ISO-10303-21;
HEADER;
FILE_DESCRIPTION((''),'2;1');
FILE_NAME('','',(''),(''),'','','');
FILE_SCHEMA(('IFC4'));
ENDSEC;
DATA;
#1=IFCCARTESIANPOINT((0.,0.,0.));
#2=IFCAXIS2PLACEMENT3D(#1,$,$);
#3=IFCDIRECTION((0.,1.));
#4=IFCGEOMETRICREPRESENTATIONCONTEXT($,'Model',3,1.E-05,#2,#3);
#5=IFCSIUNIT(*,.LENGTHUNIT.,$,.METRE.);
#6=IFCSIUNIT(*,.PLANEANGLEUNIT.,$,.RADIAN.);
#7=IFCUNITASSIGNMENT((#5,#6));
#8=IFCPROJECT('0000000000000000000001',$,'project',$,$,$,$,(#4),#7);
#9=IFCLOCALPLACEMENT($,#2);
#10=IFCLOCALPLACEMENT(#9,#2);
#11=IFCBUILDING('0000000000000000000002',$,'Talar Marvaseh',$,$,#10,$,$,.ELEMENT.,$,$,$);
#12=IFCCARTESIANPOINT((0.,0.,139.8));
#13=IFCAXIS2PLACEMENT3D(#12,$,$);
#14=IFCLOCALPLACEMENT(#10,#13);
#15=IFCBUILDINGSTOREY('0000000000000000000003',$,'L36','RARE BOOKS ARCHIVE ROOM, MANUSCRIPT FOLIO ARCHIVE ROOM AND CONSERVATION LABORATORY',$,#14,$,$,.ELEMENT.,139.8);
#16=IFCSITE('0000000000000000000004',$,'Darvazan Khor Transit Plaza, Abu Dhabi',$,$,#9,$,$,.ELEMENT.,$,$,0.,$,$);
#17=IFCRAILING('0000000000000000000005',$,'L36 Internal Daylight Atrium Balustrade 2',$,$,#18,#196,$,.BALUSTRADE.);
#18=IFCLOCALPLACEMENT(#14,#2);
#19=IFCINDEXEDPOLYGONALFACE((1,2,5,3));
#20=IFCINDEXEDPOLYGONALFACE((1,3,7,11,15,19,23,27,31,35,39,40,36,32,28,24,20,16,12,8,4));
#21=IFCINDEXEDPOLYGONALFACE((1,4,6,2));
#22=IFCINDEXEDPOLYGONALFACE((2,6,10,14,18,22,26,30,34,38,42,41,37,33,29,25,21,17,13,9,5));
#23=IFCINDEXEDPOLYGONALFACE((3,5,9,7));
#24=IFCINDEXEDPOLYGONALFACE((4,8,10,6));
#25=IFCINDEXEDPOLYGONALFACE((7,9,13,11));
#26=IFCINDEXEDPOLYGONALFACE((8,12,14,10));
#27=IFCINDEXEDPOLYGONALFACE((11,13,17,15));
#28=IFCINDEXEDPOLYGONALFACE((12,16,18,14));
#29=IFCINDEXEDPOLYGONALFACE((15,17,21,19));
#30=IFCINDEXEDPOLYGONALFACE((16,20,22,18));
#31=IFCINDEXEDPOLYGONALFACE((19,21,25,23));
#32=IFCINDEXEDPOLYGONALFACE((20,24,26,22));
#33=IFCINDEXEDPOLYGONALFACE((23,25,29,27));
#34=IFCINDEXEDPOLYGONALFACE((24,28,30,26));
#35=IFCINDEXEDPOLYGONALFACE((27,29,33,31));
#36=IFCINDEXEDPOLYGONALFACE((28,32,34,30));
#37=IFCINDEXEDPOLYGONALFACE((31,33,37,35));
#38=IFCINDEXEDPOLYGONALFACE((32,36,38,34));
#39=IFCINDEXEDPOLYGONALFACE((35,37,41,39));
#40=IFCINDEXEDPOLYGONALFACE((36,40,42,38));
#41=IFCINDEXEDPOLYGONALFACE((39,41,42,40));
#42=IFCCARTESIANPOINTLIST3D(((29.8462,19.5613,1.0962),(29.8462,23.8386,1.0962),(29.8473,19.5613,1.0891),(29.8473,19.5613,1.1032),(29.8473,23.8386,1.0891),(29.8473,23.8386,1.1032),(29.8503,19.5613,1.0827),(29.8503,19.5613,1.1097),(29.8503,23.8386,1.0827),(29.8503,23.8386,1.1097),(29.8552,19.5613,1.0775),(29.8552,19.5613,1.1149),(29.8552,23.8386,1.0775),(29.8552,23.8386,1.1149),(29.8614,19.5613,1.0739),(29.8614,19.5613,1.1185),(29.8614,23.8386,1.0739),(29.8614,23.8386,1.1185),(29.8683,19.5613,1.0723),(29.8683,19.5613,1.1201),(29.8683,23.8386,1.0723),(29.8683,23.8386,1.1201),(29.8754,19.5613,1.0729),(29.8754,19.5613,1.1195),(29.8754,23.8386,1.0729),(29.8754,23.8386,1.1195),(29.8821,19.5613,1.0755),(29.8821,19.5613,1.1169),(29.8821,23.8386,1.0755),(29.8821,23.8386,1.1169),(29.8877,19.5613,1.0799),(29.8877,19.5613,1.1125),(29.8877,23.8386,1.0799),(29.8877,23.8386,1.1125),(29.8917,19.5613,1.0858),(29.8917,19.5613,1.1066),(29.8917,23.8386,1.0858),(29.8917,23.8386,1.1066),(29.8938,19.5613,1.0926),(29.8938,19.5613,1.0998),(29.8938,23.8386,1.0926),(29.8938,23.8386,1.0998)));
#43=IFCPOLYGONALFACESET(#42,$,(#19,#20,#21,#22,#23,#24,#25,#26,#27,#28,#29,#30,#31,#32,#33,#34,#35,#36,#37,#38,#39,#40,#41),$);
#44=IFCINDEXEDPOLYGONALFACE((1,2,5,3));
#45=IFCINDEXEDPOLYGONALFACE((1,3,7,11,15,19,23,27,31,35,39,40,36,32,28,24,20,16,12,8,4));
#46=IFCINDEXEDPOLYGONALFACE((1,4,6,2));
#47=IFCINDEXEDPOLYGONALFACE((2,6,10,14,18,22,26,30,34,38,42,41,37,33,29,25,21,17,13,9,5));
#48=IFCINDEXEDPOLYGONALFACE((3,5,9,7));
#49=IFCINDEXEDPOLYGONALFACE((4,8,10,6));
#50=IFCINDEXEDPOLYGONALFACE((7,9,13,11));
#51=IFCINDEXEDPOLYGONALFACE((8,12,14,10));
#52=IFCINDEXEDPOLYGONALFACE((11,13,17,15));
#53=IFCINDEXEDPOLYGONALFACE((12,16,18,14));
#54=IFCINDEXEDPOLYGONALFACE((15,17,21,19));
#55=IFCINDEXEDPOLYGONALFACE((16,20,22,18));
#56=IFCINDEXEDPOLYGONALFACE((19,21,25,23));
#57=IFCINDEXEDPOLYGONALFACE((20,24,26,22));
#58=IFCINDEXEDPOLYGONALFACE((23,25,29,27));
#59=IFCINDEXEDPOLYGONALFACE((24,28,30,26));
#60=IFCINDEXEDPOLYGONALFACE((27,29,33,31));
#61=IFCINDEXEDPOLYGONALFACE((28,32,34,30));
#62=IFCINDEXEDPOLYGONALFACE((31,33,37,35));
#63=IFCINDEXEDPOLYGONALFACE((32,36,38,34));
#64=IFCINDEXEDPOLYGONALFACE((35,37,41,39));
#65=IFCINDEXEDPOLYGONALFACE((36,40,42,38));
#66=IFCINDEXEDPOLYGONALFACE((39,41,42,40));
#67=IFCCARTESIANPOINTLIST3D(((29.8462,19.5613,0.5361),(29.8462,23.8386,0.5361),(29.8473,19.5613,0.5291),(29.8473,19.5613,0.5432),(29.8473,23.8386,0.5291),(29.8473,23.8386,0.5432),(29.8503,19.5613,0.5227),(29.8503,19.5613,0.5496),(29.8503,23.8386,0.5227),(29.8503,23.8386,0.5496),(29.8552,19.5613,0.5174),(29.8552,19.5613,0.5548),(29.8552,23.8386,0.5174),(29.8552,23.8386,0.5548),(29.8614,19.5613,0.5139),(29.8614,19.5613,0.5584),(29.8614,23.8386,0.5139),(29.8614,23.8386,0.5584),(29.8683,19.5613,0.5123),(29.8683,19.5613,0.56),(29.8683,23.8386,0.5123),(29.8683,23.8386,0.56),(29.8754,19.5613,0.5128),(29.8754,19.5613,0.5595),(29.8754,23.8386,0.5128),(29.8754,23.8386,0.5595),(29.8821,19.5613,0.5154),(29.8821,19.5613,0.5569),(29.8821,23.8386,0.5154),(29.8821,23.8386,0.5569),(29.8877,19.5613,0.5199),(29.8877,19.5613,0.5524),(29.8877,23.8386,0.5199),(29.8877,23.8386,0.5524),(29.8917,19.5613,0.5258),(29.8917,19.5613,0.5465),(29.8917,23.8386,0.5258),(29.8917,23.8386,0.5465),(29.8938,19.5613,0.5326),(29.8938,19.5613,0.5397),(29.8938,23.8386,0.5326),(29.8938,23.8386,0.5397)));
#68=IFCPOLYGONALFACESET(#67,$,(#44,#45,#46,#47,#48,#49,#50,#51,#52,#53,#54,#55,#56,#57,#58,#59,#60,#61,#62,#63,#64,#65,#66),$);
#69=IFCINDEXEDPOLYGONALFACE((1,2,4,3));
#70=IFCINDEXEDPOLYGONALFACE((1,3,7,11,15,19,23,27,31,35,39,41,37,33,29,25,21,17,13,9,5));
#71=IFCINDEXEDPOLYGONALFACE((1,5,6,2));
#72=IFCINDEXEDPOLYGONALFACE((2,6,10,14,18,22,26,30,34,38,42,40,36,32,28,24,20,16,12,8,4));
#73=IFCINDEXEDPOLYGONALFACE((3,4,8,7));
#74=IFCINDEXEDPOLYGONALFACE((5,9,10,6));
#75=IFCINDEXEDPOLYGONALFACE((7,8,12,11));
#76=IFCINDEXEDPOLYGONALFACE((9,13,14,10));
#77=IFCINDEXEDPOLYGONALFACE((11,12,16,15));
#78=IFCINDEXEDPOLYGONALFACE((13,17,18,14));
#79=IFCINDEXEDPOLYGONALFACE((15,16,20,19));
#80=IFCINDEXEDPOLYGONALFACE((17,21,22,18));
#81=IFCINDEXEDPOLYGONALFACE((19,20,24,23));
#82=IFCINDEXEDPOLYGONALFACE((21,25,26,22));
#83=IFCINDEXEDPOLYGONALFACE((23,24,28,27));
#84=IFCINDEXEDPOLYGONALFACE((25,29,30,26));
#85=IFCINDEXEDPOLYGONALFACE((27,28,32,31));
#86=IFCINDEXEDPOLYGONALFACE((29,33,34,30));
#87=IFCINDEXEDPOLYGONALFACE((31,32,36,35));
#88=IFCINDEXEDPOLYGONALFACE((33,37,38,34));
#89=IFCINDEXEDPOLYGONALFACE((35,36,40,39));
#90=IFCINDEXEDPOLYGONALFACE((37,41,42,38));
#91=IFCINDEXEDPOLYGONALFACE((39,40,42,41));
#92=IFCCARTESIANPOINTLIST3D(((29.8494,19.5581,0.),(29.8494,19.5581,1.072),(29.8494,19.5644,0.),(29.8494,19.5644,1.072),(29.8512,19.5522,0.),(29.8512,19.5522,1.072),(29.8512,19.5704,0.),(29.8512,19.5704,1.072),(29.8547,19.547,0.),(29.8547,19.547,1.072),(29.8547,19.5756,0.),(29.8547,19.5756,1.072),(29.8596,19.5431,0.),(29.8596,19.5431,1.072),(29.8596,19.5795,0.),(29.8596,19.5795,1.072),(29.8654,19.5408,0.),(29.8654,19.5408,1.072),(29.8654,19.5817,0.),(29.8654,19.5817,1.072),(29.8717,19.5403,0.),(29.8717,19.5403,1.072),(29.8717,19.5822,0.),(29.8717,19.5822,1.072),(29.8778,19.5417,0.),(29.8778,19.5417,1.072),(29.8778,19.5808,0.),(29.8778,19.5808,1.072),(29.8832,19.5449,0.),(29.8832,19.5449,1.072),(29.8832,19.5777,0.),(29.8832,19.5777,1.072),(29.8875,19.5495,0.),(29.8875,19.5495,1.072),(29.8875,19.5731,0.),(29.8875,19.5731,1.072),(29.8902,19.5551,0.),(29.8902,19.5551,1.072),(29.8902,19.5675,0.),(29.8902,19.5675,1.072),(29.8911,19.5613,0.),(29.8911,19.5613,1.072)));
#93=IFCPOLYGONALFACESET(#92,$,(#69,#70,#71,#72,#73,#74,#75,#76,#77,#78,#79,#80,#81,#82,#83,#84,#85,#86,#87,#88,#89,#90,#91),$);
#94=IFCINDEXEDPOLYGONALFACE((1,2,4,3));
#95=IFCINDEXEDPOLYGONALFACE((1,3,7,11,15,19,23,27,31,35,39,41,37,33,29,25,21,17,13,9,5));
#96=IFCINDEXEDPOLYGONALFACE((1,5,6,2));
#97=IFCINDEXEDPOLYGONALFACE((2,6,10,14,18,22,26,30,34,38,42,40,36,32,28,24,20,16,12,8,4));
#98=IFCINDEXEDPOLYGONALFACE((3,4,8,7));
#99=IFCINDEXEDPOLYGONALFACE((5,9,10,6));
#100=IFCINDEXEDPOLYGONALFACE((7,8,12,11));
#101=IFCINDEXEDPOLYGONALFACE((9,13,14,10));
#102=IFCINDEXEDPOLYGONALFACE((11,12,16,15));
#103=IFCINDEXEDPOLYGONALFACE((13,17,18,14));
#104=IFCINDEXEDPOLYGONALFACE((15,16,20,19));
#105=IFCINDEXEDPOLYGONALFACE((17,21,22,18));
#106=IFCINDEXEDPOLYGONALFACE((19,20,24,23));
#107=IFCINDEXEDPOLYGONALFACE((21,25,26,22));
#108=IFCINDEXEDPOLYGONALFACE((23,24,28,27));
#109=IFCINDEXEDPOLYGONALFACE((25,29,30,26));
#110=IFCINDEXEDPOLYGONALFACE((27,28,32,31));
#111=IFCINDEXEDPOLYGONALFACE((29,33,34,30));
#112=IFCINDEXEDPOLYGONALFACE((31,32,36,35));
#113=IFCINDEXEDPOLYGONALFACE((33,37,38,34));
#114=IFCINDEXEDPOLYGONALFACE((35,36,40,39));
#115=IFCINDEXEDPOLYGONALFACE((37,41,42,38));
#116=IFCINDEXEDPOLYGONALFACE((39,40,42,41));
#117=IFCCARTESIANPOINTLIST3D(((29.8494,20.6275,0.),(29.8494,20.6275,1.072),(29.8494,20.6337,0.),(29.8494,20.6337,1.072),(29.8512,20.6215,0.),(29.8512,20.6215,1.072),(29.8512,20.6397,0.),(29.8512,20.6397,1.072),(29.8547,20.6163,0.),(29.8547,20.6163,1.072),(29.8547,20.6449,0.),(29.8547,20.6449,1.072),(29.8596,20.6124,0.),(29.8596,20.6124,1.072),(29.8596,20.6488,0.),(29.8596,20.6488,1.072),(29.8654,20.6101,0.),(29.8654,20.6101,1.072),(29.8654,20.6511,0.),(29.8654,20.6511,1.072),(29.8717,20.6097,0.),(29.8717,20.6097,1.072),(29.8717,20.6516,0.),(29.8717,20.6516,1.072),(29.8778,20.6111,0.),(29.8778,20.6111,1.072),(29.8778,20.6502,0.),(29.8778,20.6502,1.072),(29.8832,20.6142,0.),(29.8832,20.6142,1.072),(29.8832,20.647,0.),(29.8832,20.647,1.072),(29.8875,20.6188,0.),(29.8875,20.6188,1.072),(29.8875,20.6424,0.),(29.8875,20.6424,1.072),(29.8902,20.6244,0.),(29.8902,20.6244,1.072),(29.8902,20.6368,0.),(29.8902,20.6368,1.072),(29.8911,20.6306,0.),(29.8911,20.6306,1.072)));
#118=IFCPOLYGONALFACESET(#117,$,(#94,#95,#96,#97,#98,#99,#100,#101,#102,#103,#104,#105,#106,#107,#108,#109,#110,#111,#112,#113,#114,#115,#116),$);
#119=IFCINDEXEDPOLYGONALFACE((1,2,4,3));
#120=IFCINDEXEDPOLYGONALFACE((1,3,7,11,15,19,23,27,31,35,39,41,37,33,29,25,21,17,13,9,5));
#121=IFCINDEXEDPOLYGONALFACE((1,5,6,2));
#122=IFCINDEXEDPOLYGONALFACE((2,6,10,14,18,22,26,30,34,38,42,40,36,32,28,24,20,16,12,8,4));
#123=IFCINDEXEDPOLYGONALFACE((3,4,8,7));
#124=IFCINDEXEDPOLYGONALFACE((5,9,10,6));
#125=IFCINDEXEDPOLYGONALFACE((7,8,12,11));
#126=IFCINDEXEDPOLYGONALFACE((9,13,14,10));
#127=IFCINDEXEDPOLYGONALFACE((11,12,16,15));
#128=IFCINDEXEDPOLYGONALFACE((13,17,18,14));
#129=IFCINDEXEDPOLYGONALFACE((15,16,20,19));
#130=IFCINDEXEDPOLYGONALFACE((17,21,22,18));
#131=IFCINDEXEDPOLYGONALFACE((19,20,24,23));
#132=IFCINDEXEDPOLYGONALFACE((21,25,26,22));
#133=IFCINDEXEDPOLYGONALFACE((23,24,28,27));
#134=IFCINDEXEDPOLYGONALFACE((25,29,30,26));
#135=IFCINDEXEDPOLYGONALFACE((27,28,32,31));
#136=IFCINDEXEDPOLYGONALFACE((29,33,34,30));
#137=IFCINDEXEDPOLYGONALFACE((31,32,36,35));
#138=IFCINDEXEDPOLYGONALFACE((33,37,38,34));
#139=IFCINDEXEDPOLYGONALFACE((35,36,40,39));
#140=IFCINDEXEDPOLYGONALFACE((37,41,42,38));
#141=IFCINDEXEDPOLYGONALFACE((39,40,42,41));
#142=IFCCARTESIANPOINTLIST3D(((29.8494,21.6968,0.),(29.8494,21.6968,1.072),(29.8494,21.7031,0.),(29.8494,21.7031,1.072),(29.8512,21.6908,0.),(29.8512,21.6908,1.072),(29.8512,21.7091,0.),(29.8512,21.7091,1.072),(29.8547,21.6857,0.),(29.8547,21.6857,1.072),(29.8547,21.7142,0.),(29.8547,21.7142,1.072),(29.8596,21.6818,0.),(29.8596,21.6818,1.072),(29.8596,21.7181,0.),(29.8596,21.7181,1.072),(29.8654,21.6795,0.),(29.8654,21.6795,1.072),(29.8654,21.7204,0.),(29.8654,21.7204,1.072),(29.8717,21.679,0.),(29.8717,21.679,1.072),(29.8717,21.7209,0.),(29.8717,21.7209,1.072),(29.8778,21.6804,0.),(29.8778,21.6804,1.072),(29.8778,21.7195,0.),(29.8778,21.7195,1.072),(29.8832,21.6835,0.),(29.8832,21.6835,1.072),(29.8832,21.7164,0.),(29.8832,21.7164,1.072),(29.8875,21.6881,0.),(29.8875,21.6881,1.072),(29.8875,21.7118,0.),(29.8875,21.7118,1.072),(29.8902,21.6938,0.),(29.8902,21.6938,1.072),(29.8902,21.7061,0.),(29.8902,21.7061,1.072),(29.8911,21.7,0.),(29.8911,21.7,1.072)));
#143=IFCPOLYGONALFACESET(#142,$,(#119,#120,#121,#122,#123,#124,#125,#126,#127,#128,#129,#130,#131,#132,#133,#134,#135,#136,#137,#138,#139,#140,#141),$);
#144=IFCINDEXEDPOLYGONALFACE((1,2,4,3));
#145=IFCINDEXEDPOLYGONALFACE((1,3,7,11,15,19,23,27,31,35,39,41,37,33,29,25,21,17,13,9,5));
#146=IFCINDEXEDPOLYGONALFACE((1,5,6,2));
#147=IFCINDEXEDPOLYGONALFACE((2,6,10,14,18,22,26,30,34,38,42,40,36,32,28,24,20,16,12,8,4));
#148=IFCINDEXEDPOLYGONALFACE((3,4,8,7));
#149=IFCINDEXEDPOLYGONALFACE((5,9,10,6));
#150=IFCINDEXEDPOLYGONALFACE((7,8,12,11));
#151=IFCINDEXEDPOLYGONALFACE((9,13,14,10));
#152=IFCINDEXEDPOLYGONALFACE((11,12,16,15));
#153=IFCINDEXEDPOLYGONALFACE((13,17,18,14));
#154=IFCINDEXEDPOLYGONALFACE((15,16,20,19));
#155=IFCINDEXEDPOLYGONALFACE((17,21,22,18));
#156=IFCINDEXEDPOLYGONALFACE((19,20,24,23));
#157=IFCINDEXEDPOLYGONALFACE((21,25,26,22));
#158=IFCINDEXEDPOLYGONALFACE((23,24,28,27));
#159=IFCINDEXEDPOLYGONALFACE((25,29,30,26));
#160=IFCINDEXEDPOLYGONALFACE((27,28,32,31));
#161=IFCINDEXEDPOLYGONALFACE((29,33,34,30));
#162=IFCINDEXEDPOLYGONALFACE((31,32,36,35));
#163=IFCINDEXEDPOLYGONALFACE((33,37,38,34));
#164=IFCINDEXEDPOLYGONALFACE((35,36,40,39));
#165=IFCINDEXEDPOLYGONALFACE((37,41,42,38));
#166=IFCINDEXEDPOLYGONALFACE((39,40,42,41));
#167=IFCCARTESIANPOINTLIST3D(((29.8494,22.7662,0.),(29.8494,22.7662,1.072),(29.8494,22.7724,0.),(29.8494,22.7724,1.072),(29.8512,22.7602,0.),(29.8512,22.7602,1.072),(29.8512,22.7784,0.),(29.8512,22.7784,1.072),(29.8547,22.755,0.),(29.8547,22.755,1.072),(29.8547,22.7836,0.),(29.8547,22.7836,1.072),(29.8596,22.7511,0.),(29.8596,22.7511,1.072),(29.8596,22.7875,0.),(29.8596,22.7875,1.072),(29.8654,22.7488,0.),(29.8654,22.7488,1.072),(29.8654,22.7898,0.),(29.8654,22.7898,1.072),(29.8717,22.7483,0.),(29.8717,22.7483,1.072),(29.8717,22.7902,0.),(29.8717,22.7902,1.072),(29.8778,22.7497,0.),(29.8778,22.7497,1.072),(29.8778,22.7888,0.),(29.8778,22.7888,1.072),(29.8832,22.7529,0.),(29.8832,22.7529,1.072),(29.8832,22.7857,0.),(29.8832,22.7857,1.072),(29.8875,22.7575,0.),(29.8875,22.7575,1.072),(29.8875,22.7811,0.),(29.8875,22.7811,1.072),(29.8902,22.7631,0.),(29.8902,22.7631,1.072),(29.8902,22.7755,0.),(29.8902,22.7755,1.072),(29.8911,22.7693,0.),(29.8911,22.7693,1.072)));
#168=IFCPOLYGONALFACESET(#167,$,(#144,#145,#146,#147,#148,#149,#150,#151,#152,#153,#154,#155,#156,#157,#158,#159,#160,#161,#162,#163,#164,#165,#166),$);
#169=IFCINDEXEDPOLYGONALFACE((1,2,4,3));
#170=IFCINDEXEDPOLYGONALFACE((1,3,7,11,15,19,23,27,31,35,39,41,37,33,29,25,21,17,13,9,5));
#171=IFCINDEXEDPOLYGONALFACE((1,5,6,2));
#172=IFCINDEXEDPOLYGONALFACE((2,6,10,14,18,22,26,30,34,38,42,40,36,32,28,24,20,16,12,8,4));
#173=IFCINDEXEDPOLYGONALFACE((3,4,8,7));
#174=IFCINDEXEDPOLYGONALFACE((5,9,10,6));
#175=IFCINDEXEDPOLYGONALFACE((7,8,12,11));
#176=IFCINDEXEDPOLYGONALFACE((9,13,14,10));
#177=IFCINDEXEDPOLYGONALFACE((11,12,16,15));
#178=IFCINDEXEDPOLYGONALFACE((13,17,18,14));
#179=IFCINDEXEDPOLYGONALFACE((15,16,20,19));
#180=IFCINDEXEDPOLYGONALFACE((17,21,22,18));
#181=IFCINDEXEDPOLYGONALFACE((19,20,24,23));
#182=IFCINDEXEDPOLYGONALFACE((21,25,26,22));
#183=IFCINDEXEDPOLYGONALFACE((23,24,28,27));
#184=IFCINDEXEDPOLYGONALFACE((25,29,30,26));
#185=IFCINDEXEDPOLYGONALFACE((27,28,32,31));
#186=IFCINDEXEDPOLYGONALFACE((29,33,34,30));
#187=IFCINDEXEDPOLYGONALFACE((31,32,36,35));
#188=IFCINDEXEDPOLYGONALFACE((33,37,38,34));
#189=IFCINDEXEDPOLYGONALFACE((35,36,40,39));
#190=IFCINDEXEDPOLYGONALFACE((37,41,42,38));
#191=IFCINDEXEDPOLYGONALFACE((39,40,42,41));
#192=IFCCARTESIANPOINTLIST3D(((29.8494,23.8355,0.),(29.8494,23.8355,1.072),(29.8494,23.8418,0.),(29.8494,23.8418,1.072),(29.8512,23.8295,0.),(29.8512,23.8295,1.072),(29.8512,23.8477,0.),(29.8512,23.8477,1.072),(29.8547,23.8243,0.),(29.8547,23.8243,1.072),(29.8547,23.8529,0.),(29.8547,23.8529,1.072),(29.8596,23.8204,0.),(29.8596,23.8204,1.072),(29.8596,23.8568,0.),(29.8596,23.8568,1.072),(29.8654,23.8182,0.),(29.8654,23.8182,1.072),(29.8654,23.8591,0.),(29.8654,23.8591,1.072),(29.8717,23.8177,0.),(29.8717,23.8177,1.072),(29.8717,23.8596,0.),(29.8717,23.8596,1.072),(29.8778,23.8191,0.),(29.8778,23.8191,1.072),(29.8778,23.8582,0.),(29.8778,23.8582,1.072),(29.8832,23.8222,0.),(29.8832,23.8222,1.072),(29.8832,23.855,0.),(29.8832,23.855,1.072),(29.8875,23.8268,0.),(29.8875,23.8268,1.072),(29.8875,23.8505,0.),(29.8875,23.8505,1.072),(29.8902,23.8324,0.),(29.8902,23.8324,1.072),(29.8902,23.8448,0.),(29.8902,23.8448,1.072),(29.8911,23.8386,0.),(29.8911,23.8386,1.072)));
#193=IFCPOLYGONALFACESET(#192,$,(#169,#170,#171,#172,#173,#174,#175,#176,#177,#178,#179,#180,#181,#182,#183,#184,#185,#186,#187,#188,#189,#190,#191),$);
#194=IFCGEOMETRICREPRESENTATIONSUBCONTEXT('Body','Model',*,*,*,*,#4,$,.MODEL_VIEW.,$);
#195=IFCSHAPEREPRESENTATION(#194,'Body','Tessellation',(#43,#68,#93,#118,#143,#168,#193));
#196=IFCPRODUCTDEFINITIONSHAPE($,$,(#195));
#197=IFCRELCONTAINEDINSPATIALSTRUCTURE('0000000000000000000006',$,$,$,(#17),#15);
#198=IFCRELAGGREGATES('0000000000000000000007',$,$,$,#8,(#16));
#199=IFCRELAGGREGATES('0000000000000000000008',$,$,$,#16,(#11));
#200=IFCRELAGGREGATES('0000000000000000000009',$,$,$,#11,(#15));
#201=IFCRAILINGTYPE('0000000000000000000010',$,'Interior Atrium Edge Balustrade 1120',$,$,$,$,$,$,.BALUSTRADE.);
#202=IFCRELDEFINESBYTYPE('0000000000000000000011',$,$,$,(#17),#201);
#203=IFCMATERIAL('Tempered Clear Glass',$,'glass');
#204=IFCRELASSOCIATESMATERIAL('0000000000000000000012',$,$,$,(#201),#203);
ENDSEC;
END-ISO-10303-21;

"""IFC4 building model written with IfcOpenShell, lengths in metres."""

from ifc_helpers import new_model, si_unit, direction, frame, origin, origin_2d, place, context, subcontext, project, spatial, circle, extrude, material, type_object, element, save


model = new_model("IFC4")

# Units and contexts
model_context = context("Model", 3, precision=1e-05, world=origin(), true_north=direction((0.0, 1.0)))
body_context = subcontext(model_context, "Body", "Model", "MODEL_VIEW")
ifc_project = project(units=[si_unit("LENGTHUNIT", "METRE"), si_unit("PLANEANGLEUNIT", "RADIAN")], contexts=[model_context])

# Site, building, storey
site_placement = place(None, origin())
site = spatial("IfcSite", under=ifc_project, at=site_placement, Name="Darvazan Khor Transit Plaza, Abu Dhabi", CompositionType="ELEMENT", RefElevation=0.0)
building_placement = place(site_placement, origin())
building = spatial("IfcBuilding", under=site, at=building_placement, Name="Talar Marvaseh", CompositionType="ELEMENT")
storey_placement = place(building_placement, frame((0.0, 0.0, 139.8)))
storey = spatial("IfcBuildingStorey", under=building, at=storey_placement, Name="L36", Description="RARE BOOKS ARCHIVE ROOM, MANUSCRIPT FOLIO ARCHIVE ROOM AND CONSERVATION LABORATORY", CompositionType="ELEMENT", Elevation=139.8)

# Railing
ifc_material_1 = material(Name="Tempered Clear Glass", Category="glass")
railing_type_1 = type_object("IfcRailingType", Name="Interior Atrium Edge Balustrade 1120", PredefinedType="BALUSTRADE", material=ifc_material_1)
railing_1_placement = place(storey_placement, frame((29.8701, 19.5613, 0.0)))
element("IfcRailing", 1, at=railing_1_placement, inside=storey, type_object=railing_type_1, Name="L36 Internal Daylight Atrium Balustrade 2", PredefinedType="BALUSTRADE", context=body_context, shape_type="SweptSolid", body=[
    extrude(circle(Radius=0.0239, at=origin_2d()), frame((0.0, 0.0, 1.0962), z_axis=(0.0, 1.0, 0.0), x_axis=(-1.0, 0.0, 0.0)), (0.0, 0.0, 1.0), 4.2773),
    extrude(circle(Radius=0.0239, at=origin_2d()), frame((0.0, 0.0, 0.5361), z_axis=(0.0, 1.0, 0.0), x_axis=(-1.0, 0.0, 0.0)), (0.0, 0.0, 1.0), 4.2773),
    extrude(circle(Radius=0.021, at=origin_2d()), origin(), (0.0, 0.0, 1.0), 1.072),
    extrude(circle(Radius=0.021, at=origin_2d()), frame((0.0, 1.0693, 0.0)), (0.0, 0.0, 1.0), 1.072),
    extrude(circle(Radius=0.021, at=origin_2d()), frame((0.0, 2.1387, 0.0)), (0.0, 0.0, 1.0), 1.072),
    extrude(circle(Radius=0.021, at=origin_2d()), frame((0.0, 3.208, 0.0)), (0.0, 0.0, 1.0), 1.072),
    extrude(circle(Radius=0.021, at=origin_2d()), frame((0.0, 4.2773, 0.0)), (0.0, 0.0, 1.0), 1.072),
])

save(model, "model.ifc")
